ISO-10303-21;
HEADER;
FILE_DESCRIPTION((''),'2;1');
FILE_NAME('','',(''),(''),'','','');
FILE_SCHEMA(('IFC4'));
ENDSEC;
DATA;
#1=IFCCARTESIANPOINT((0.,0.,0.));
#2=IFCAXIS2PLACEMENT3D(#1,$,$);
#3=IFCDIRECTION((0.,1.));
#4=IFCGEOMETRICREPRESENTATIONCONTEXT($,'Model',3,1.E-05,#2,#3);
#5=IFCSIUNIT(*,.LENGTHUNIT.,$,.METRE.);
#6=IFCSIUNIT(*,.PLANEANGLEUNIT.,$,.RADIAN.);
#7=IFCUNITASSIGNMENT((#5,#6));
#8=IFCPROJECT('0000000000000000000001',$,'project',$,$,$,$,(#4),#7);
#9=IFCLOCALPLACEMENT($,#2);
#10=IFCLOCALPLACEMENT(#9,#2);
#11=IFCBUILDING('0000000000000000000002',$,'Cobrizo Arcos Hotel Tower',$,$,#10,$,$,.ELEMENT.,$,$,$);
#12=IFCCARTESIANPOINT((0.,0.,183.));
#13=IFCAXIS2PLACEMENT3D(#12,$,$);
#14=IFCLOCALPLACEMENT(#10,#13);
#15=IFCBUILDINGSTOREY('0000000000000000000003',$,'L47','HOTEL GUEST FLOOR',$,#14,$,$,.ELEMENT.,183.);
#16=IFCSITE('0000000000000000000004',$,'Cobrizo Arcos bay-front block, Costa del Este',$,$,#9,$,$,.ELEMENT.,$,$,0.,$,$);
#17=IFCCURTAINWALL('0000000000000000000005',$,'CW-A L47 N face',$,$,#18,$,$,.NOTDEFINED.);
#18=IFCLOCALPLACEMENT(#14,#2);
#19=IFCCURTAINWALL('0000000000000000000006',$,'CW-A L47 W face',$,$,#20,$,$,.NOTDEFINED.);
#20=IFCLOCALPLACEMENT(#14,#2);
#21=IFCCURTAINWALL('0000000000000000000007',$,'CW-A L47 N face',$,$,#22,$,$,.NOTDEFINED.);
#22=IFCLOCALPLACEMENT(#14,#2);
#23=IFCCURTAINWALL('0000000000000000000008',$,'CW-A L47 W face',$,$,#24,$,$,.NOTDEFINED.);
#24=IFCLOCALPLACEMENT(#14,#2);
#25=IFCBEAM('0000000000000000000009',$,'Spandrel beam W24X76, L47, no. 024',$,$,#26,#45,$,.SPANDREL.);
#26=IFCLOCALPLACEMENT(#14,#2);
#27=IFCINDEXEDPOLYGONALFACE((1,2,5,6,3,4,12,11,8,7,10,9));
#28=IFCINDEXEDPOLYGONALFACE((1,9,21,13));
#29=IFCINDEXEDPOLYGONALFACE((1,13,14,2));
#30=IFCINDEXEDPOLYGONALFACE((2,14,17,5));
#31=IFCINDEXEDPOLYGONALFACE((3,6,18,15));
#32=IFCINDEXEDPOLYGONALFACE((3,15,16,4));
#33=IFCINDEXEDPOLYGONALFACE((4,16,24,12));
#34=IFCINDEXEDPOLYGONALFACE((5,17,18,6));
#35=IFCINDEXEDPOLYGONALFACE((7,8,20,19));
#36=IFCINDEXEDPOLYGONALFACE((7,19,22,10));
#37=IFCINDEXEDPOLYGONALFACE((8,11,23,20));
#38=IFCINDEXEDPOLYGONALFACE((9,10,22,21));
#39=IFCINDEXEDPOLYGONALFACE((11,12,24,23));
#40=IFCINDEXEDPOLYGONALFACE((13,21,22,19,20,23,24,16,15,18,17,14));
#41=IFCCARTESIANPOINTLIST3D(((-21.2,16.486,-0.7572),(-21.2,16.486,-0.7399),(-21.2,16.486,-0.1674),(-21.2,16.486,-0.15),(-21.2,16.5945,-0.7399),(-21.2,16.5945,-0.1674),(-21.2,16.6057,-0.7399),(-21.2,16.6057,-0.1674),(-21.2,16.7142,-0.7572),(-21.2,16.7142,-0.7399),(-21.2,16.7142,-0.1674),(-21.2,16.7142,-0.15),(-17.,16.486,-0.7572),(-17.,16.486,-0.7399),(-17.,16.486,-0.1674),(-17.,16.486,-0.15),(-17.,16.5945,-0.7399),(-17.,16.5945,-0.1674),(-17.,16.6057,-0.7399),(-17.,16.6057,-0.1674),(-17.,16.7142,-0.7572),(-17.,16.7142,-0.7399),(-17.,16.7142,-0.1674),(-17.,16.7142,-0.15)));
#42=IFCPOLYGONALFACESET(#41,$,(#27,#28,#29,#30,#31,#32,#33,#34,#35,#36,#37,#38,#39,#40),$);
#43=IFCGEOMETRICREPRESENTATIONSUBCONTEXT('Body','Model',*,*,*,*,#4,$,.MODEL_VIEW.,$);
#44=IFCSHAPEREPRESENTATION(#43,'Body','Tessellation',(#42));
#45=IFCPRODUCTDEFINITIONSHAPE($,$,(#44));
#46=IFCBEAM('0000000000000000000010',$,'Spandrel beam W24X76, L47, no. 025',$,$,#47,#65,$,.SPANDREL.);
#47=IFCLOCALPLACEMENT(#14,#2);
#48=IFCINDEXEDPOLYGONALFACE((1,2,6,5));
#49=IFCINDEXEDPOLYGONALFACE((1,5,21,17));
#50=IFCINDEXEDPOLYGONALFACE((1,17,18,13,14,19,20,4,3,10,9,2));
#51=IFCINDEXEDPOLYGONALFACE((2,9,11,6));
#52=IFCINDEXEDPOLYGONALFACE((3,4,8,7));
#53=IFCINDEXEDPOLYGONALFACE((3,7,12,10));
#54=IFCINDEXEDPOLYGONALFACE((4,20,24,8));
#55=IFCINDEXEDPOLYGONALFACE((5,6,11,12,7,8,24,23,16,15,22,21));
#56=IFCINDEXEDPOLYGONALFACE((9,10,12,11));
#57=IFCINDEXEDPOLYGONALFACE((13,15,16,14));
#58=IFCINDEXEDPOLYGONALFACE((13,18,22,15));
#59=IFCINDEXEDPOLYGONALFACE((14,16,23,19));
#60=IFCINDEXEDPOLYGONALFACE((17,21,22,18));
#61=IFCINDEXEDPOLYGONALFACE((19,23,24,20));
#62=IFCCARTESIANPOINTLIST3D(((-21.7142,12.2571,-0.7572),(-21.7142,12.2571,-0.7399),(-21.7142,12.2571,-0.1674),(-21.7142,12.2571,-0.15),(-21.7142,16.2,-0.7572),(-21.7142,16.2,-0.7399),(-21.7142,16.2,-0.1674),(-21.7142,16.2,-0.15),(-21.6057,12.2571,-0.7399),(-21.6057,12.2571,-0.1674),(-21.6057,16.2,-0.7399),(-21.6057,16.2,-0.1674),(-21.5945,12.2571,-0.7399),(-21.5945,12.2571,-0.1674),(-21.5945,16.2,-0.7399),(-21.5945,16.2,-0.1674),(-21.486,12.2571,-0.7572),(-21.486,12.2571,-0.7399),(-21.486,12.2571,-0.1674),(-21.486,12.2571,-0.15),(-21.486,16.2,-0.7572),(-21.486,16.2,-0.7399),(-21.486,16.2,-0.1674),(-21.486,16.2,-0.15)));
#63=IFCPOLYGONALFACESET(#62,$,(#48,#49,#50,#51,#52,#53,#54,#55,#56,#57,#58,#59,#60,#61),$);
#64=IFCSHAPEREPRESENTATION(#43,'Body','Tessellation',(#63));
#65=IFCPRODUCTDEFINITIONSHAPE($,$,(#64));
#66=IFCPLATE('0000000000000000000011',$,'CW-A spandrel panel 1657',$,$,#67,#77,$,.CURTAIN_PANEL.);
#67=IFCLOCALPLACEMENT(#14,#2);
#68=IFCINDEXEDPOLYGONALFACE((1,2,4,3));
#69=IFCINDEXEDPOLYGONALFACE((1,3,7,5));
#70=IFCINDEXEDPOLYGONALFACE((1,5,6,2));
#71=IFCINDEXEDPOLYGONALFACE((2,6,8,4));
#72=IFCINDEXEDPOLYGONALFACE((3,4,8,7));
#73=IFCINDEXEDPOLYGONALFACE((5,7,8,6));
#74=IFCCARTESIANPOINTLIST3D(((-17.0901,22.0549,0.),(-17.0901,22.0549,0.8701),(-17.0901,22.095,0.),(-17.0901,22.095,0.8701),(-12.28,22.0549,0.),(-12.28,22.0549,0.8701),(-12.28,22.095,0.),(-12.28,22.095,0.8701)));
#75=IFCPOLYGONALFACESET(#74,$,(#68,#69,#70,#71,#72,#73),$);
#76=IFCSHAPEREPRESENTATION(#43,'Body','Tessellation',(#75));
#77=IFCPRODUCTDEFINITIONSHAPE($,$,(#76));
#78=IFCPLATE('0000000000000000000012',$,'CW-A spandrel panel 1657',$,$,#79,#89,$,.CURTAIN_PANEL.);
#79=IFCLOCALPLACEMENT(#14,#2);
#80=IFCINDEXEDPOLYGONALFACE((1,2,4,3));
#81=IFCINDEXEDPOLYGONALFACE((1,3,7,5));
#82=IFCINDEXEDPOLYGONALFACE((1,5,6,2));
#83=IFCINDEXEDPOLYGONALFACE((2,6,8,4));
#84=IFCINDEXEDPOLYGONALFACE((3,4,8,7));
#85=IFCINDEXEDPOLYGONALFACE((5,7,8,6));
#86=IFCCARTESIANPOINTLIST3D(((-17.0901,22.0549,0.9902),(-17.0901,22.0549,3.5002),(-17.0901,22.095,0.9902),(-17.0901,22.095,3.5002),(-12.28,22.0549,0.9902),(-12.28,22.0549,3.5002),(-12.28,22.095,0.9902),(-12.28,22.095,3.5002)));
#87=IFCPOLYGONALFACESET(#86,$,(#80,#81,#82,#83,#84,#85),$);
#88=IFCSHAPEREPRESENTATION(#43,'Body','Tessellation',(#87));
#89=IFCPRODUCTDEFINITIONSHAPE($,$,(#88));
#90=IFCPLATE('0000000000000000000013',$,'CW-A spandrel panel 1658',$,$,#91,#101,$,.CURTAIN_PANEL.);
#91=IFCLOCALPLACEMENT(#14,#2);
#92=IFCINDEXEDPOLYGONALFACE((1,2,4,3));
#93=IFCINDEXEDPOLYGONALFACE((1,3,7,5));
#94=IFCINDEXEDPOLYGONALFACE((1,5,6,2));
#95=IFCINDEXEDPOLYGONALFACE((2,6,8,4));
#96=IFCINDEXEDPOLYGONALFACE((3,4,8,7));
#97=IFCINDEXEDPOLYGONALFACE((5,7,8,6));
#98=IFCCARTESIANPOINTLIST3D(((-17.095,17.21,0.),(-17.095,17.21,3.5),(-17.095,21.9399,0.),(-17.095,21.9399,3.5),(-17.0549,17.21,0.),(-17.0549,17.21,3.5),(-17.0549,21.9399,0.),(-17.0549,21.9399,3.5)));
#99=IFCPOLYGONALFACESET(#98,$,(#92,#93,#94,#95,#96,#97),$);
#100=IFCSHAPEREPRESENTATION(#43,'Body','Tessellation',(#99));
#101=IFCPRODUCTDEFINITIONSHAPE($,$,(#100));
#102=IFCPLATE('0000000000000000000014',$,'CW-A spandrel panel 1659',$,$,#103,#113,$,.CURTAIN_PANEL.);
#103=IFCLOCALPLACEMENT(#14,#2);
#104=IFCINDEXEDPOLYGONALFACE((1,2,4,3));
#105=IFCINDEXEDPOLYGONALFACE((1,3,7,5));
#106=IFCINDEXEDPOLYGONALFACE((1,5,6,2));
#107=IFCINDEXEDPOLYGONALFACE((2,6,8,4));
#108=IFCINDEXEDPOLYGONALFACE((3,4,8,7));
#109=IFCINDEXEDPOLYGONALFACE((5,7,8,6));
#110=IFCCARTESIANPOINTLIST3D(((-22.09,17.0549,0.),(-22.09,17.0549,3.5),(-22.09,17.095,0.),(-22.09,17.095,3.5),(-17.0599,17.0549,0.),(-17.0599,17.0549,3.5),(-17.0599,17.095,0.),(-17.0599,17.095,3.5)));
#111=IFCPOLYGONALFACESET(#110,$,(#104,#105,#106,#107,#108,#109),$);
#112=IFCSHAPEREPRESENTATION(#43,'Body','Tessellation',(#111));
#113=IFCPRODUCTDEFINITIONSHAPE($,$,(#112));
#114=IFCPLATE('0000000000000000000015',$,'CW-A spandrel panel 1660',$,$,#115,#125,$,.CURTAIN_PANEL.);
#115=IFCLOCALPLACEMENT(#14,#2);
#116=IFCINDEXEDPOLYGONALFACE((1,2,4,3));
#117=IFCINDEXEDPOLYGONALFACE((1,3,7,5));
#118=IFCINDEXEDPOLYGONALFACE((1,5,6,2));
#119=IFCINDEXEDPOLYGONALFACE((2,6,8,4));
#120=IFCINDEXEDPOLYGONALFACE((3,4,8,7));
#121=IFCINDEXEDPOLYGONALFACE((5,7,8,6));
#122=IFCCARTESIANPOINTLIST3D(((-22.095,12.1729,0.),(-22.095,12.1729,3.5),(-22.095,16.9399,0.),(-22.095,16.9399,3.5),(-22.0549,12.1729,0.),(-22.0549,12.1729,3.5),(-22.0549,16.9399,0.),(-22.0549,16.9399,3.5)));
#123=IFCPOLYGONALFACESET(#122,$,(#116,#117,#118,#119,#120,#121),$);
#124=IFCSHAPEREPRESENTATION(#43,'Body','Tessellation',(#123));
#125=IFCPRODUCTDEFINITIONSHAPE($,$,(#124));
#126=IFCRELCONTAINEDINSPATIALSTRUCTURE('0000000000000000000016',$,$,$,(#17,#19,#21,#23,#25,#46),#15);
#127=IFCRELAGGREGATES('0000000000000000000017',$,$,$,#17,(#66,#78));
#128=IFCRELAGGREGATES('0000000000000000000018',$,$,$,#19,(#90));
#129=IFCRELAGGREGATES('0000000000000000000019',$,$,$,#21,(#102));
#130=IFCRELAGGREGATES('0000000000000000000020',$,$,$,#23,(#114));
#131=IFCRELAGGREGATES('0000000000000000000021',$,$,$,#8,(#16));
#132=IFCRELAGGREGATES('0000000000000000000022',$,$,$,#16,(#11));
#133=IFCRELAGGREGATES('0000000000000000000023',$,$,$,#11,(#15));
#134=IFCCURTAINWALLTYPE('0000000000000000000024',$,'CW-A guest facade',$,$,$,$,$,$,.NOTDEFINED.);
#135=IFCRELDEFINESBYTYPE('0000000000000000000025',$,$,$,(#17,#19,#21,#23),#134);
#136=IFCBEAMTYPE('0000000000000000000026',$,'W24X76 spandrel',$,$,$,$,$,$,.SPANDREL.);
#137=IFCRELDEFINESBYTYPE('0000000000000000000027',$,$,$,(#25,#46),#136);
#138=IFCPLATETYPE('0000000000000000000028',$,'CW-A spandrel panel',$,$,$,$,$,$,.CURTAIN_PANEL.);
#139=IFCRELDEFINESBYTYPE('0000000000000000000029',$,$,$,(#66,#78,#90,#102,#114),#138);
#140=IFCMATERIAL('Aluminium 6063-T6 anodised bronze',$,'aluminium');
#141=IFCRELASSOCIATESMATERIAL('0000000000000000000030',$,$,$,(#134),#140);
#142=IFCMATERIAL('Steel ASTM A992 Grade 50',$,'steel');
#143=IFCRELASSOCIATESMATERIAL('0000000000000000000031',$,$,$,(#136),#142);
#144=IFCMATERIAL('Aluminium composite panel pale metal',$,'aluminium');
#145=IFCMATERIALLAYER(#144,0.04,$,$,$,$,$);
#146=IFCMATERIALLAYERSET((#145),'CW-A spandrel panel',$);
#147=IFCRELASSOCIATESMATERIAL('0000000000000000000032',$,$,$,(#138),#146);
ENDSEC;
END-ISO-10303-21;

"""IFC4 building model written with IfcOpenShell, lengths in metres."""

from ifc_helpers import new_model, si_unit, direction, frame, origin, origin_2d, place, context, subcontext, project, spatial, rectangle, i_section, extrude, material, layer, layer_set, material_profile, profile_set, type_object, element, aggregate, save


model = new_model("IFC4")

# Units and contexts
model_context = context("Model", 3, precision=1e-05, world=origin(), true_north=direction((0.0, 1.0)))
body_context = subcontext(model_context, "Body", "Model", "MODEL_VIEW")
ifc_project = project(units=[si_unit("LENGTHUNIT", "METRE"), si_unit("PLANEANGLEUNIT", "RADIAN")], contexts=[model_context])

# Site, building, storey
site_placement = place(None, origin())
site = spatial("IfcSite", under=ifc_project, at=site_placement, Name="Cobrizo Arcos bay-front block, Costa del Este", CompositionType="ELEMENT", RefElevation=0.0)
building_placement = place(site_placement, origin())
building = spatial("IfcBuilding", under=site, at=building_placement, Name="Cobrizo Arcos Hotel Tower", CompositionType="ELEMENT")
storey_placement = place(building_placement, frame((0.0, 0.0, 183.0)))
storey = spatial("IfcBuildingStorey", under=building, at=storey_placement, Name="L47", Description="HOTEL GUEST FLOOR", CompositionType="ELEMENT", Elevation=183.0)

# Curtain wall
ifc_material_1 = material(Name="Aluminium 6063-T6 anodised bronze", Category="aluminium")
curtain_wall_type = type_object("IfcCurtainWallType", Name="CW-A guest facade", PredefinedType="NOTDEFINED", material=ifc_material_1)
curtain_wall_1_placement = place(storey_placement, origin())
curtain_wall_1 = element("IfcCurtainWall", 1, at=curtain_wall_1_placement, inside=storey, type_object=curtain_wall_type, Name="CW-A L47 N face", PredefinedType="NOTDEFINED")

# Curtain walls
curtain_wall_2_placement = place(storey_placement, origin())
curtain_wall_2 = element("IfcCurtainWall", 2, at=curtain_wall_2_placement, inside=storey, type_object=curtain_wall_type, Name="CW-A L47 W face", PredefinedType="NOTDEFINED")
curtain_wall_3_placement = place(storey_placement, origin())
curtain_wall_3 = element("IfcCurtainWall", 3, at=curtain_wall_3_placement, inside=storey, type_object=curtain_wall_type, Name="CW-A L47 N face", PredefinedType="NOTDEFINED")
curtain_wall_4_placement = place(storey_placement, origin())
curtain_wall_4 = element("IfcCurtainWall", 4, at=curtain_wall_4_placement, inside=storey, type_object=curtain_wall_type, Name="CW-A L47 W face", PredefinedType="NOTDEFINED")

# Beams
ifc_material_2 = material(Name="Steel ASTM A992 Grade 50", Category="steel")
ifc_material_profile_1 = material_profile(ifc_material_2, i_section(OverallWidth=0.2283, OverallDepth=0.6072, WebThickness=0.0112, FlangeThickness=0.0173, at=origin_2d()), Name="W24X76")
ifc_profile_set_1 = profile_set([ifc_material_profile_1], Name="Steel ASTM A992 Grade 50")
beam_type_1 = type_object("IfcBeamType", Name="W24X76 spandrel", PredefinedType="SPANDREL", material=ifc_profile_set_1)
for number, where, z_axis, x_axis, name in (
    (5, (-17.0, 16.6001, -0.4536), (-1.0, 0.0, 0.0), (0.0, -1.0, 0.0), "Spandrel beam W24X76, L47, no. 024"),
):
    element("IfcBeam", number, at=place(storey_placement, frame(where, z_axis=z_axis, x_axis=x_axis)), inside=storey, type_object=beam_type_1, Name=name, PredefinedType="SPANDREL", context=body_context, shape_type="SweptSolid", body=[
        extrude(i_section(OverallWidth=0.2283, OverallDepth=0.6072, WebThickness=0.0112, FlangeThickness=0.0173, at=origin_2d()), origin(), (0.0, 0.0, 1.0), 4.2),
    ])
beam_1_placement = place(storey_placement, frame((-21.6001, 16.2, -0.4536), z_axis=(0.0, -1.0, 0.0), x_axis=(1.0, 0.0, 0.0)))
element("IfcBeam", 6, at=beam_1_placement, inside=storey, type_object=beam_type_1, Name="Spandrel beam W24X76, L47, no. 025", PredefinedType="SPANDREL", context=body_context, shape_type="SweptSolid", body=[
    extrude(i_section(OverallWidth=0.2283, OverallDepth=0.6072, WebThickness=0.0112, FlangeThickness=0.0173, at=origin_2d()), origin(), (0.0, 0.0, 1.0), 3.9429),
])

# Plates
ifc_material_3 = material(Name="Aluminium composite panel pale metal", Category="aluminium")
ifc_layer_1 = layer(ifc_material_3, 0.04)
ifc_layer_set_1 = layer_set([ifc_layer_1], Name="CW-A spandrel panel")
plate_type = type_object("IfcPlateType", Name="CW-A spandrel panel", PredefinedType="CURTAIN_PANEL", material=ifc_layer_set_1)
plate_1_placement = place(storey_placement, frame((-14.6851, 22.075, 0.0), z_axis=(0.0, 0.0, 1.0), x_axis=(-1.0, 0.0, 0.0)))
plate_1 = element("IfcPlate", 7, at=plate_1_placement, type_object=plate_type, Name="CW-A spandrel panel 1657", PredefinedType="CURTAIN_PANEL", context=body_context, shape_type="SweptSolid", body=[
    extrude(rectangle(XDim=4.8101, YDim=0.04, at=origin_2d()), origin(), (0.0, 0.0, 1.0), 0.8701),
])
plate_2_placement = place(storey_placement, frame((-14.6851, 22.075, 0.9902), z_axis=(0.0, 0.0, 1.0), x_axis=(-1.0, 0.0, 0.0)))
plate_2 = element("IfcPlate", 8, at=plate_2_placement, type_object=plate_type, Name="CW-A spandrel panel 1657", PredefinedType="CURTAIN_PANEL", context=body_context, shape_type="SweptSolid", body=[
    extrude(rectangle(XDim=4.8101, YDim=0.04, at=origin_2d()), origin(), (0.0, 0.0, 1.0), 2.51),
])
aggregate(curtain_wall_1, [plate_1, plate_2])
plate_3_placement = place(storey_placement, frame((-17.075, 19.575, 0.0), z_axis=(0.0, 0.0, 1.0), x_axis=(0.0, -1.0, 0.0)))
plate_3 = element("IfcPlate", 9, at=plate_3_placement, type_object=plate_type, Name="CW-A spandrel panel 1658", PredefinedType="CURTAIN_PANEL", context=body_context, shape_type="SweptSolid", body=[
    extrude(rectangle(XDim=4.73, YDim=0.04, at=origin_2d()), origin(), (0.0, 0.0, 1.0), 3.5),
])
aggregate(curtain_wall_2, [plate_3])
plate_4_placement = place(storey_placement, frame((-19.575, 17.075, 0.0), z_axis=(0.0, 0.0, 1.0), x_axis=(-1.0, 0.0, 0.0)))
plate_4 = element("IfcPlate", 10, at=plate_4_placement, type_object=plate_type, Name="CW-A spandrel panel 1659", PredefinedType="CURTAIN_PANEL", context=body_context, shape_type="SweptSolid", body=[
    extrude(rectangle(XDim=5.03, YDim=0.04, at=origin_2d()), origin(), (0.0, 0.0, 1.0), 3.5),
])
aggregate(curtain_wall_3, [plate_4])
plate_5_placement = place(storey_placement, frame((-22.075, 14.5564, 0.0), z_axis=(0.0, 0.0, 1.0), x_axis=(0.0, -1.0, 0.0)))
plate_5 = element("IfcPlate", 11, at=plate_5_placement, type_object=plate_type, Name="CW-A spandrel panel 1660", PredefinedType="CURTAIN_PANEL", context=body_context, shape_type="SweptSolid", body=[
    extrude(rectangle(XDim=4.7671, YDim=0.04, at=origin_2d()), origin(), (0.0, 0.0, 1.0), 3.5),
])
aggregate(curtain_wall_4, [plate_5])

save(model, "model.ifc")
